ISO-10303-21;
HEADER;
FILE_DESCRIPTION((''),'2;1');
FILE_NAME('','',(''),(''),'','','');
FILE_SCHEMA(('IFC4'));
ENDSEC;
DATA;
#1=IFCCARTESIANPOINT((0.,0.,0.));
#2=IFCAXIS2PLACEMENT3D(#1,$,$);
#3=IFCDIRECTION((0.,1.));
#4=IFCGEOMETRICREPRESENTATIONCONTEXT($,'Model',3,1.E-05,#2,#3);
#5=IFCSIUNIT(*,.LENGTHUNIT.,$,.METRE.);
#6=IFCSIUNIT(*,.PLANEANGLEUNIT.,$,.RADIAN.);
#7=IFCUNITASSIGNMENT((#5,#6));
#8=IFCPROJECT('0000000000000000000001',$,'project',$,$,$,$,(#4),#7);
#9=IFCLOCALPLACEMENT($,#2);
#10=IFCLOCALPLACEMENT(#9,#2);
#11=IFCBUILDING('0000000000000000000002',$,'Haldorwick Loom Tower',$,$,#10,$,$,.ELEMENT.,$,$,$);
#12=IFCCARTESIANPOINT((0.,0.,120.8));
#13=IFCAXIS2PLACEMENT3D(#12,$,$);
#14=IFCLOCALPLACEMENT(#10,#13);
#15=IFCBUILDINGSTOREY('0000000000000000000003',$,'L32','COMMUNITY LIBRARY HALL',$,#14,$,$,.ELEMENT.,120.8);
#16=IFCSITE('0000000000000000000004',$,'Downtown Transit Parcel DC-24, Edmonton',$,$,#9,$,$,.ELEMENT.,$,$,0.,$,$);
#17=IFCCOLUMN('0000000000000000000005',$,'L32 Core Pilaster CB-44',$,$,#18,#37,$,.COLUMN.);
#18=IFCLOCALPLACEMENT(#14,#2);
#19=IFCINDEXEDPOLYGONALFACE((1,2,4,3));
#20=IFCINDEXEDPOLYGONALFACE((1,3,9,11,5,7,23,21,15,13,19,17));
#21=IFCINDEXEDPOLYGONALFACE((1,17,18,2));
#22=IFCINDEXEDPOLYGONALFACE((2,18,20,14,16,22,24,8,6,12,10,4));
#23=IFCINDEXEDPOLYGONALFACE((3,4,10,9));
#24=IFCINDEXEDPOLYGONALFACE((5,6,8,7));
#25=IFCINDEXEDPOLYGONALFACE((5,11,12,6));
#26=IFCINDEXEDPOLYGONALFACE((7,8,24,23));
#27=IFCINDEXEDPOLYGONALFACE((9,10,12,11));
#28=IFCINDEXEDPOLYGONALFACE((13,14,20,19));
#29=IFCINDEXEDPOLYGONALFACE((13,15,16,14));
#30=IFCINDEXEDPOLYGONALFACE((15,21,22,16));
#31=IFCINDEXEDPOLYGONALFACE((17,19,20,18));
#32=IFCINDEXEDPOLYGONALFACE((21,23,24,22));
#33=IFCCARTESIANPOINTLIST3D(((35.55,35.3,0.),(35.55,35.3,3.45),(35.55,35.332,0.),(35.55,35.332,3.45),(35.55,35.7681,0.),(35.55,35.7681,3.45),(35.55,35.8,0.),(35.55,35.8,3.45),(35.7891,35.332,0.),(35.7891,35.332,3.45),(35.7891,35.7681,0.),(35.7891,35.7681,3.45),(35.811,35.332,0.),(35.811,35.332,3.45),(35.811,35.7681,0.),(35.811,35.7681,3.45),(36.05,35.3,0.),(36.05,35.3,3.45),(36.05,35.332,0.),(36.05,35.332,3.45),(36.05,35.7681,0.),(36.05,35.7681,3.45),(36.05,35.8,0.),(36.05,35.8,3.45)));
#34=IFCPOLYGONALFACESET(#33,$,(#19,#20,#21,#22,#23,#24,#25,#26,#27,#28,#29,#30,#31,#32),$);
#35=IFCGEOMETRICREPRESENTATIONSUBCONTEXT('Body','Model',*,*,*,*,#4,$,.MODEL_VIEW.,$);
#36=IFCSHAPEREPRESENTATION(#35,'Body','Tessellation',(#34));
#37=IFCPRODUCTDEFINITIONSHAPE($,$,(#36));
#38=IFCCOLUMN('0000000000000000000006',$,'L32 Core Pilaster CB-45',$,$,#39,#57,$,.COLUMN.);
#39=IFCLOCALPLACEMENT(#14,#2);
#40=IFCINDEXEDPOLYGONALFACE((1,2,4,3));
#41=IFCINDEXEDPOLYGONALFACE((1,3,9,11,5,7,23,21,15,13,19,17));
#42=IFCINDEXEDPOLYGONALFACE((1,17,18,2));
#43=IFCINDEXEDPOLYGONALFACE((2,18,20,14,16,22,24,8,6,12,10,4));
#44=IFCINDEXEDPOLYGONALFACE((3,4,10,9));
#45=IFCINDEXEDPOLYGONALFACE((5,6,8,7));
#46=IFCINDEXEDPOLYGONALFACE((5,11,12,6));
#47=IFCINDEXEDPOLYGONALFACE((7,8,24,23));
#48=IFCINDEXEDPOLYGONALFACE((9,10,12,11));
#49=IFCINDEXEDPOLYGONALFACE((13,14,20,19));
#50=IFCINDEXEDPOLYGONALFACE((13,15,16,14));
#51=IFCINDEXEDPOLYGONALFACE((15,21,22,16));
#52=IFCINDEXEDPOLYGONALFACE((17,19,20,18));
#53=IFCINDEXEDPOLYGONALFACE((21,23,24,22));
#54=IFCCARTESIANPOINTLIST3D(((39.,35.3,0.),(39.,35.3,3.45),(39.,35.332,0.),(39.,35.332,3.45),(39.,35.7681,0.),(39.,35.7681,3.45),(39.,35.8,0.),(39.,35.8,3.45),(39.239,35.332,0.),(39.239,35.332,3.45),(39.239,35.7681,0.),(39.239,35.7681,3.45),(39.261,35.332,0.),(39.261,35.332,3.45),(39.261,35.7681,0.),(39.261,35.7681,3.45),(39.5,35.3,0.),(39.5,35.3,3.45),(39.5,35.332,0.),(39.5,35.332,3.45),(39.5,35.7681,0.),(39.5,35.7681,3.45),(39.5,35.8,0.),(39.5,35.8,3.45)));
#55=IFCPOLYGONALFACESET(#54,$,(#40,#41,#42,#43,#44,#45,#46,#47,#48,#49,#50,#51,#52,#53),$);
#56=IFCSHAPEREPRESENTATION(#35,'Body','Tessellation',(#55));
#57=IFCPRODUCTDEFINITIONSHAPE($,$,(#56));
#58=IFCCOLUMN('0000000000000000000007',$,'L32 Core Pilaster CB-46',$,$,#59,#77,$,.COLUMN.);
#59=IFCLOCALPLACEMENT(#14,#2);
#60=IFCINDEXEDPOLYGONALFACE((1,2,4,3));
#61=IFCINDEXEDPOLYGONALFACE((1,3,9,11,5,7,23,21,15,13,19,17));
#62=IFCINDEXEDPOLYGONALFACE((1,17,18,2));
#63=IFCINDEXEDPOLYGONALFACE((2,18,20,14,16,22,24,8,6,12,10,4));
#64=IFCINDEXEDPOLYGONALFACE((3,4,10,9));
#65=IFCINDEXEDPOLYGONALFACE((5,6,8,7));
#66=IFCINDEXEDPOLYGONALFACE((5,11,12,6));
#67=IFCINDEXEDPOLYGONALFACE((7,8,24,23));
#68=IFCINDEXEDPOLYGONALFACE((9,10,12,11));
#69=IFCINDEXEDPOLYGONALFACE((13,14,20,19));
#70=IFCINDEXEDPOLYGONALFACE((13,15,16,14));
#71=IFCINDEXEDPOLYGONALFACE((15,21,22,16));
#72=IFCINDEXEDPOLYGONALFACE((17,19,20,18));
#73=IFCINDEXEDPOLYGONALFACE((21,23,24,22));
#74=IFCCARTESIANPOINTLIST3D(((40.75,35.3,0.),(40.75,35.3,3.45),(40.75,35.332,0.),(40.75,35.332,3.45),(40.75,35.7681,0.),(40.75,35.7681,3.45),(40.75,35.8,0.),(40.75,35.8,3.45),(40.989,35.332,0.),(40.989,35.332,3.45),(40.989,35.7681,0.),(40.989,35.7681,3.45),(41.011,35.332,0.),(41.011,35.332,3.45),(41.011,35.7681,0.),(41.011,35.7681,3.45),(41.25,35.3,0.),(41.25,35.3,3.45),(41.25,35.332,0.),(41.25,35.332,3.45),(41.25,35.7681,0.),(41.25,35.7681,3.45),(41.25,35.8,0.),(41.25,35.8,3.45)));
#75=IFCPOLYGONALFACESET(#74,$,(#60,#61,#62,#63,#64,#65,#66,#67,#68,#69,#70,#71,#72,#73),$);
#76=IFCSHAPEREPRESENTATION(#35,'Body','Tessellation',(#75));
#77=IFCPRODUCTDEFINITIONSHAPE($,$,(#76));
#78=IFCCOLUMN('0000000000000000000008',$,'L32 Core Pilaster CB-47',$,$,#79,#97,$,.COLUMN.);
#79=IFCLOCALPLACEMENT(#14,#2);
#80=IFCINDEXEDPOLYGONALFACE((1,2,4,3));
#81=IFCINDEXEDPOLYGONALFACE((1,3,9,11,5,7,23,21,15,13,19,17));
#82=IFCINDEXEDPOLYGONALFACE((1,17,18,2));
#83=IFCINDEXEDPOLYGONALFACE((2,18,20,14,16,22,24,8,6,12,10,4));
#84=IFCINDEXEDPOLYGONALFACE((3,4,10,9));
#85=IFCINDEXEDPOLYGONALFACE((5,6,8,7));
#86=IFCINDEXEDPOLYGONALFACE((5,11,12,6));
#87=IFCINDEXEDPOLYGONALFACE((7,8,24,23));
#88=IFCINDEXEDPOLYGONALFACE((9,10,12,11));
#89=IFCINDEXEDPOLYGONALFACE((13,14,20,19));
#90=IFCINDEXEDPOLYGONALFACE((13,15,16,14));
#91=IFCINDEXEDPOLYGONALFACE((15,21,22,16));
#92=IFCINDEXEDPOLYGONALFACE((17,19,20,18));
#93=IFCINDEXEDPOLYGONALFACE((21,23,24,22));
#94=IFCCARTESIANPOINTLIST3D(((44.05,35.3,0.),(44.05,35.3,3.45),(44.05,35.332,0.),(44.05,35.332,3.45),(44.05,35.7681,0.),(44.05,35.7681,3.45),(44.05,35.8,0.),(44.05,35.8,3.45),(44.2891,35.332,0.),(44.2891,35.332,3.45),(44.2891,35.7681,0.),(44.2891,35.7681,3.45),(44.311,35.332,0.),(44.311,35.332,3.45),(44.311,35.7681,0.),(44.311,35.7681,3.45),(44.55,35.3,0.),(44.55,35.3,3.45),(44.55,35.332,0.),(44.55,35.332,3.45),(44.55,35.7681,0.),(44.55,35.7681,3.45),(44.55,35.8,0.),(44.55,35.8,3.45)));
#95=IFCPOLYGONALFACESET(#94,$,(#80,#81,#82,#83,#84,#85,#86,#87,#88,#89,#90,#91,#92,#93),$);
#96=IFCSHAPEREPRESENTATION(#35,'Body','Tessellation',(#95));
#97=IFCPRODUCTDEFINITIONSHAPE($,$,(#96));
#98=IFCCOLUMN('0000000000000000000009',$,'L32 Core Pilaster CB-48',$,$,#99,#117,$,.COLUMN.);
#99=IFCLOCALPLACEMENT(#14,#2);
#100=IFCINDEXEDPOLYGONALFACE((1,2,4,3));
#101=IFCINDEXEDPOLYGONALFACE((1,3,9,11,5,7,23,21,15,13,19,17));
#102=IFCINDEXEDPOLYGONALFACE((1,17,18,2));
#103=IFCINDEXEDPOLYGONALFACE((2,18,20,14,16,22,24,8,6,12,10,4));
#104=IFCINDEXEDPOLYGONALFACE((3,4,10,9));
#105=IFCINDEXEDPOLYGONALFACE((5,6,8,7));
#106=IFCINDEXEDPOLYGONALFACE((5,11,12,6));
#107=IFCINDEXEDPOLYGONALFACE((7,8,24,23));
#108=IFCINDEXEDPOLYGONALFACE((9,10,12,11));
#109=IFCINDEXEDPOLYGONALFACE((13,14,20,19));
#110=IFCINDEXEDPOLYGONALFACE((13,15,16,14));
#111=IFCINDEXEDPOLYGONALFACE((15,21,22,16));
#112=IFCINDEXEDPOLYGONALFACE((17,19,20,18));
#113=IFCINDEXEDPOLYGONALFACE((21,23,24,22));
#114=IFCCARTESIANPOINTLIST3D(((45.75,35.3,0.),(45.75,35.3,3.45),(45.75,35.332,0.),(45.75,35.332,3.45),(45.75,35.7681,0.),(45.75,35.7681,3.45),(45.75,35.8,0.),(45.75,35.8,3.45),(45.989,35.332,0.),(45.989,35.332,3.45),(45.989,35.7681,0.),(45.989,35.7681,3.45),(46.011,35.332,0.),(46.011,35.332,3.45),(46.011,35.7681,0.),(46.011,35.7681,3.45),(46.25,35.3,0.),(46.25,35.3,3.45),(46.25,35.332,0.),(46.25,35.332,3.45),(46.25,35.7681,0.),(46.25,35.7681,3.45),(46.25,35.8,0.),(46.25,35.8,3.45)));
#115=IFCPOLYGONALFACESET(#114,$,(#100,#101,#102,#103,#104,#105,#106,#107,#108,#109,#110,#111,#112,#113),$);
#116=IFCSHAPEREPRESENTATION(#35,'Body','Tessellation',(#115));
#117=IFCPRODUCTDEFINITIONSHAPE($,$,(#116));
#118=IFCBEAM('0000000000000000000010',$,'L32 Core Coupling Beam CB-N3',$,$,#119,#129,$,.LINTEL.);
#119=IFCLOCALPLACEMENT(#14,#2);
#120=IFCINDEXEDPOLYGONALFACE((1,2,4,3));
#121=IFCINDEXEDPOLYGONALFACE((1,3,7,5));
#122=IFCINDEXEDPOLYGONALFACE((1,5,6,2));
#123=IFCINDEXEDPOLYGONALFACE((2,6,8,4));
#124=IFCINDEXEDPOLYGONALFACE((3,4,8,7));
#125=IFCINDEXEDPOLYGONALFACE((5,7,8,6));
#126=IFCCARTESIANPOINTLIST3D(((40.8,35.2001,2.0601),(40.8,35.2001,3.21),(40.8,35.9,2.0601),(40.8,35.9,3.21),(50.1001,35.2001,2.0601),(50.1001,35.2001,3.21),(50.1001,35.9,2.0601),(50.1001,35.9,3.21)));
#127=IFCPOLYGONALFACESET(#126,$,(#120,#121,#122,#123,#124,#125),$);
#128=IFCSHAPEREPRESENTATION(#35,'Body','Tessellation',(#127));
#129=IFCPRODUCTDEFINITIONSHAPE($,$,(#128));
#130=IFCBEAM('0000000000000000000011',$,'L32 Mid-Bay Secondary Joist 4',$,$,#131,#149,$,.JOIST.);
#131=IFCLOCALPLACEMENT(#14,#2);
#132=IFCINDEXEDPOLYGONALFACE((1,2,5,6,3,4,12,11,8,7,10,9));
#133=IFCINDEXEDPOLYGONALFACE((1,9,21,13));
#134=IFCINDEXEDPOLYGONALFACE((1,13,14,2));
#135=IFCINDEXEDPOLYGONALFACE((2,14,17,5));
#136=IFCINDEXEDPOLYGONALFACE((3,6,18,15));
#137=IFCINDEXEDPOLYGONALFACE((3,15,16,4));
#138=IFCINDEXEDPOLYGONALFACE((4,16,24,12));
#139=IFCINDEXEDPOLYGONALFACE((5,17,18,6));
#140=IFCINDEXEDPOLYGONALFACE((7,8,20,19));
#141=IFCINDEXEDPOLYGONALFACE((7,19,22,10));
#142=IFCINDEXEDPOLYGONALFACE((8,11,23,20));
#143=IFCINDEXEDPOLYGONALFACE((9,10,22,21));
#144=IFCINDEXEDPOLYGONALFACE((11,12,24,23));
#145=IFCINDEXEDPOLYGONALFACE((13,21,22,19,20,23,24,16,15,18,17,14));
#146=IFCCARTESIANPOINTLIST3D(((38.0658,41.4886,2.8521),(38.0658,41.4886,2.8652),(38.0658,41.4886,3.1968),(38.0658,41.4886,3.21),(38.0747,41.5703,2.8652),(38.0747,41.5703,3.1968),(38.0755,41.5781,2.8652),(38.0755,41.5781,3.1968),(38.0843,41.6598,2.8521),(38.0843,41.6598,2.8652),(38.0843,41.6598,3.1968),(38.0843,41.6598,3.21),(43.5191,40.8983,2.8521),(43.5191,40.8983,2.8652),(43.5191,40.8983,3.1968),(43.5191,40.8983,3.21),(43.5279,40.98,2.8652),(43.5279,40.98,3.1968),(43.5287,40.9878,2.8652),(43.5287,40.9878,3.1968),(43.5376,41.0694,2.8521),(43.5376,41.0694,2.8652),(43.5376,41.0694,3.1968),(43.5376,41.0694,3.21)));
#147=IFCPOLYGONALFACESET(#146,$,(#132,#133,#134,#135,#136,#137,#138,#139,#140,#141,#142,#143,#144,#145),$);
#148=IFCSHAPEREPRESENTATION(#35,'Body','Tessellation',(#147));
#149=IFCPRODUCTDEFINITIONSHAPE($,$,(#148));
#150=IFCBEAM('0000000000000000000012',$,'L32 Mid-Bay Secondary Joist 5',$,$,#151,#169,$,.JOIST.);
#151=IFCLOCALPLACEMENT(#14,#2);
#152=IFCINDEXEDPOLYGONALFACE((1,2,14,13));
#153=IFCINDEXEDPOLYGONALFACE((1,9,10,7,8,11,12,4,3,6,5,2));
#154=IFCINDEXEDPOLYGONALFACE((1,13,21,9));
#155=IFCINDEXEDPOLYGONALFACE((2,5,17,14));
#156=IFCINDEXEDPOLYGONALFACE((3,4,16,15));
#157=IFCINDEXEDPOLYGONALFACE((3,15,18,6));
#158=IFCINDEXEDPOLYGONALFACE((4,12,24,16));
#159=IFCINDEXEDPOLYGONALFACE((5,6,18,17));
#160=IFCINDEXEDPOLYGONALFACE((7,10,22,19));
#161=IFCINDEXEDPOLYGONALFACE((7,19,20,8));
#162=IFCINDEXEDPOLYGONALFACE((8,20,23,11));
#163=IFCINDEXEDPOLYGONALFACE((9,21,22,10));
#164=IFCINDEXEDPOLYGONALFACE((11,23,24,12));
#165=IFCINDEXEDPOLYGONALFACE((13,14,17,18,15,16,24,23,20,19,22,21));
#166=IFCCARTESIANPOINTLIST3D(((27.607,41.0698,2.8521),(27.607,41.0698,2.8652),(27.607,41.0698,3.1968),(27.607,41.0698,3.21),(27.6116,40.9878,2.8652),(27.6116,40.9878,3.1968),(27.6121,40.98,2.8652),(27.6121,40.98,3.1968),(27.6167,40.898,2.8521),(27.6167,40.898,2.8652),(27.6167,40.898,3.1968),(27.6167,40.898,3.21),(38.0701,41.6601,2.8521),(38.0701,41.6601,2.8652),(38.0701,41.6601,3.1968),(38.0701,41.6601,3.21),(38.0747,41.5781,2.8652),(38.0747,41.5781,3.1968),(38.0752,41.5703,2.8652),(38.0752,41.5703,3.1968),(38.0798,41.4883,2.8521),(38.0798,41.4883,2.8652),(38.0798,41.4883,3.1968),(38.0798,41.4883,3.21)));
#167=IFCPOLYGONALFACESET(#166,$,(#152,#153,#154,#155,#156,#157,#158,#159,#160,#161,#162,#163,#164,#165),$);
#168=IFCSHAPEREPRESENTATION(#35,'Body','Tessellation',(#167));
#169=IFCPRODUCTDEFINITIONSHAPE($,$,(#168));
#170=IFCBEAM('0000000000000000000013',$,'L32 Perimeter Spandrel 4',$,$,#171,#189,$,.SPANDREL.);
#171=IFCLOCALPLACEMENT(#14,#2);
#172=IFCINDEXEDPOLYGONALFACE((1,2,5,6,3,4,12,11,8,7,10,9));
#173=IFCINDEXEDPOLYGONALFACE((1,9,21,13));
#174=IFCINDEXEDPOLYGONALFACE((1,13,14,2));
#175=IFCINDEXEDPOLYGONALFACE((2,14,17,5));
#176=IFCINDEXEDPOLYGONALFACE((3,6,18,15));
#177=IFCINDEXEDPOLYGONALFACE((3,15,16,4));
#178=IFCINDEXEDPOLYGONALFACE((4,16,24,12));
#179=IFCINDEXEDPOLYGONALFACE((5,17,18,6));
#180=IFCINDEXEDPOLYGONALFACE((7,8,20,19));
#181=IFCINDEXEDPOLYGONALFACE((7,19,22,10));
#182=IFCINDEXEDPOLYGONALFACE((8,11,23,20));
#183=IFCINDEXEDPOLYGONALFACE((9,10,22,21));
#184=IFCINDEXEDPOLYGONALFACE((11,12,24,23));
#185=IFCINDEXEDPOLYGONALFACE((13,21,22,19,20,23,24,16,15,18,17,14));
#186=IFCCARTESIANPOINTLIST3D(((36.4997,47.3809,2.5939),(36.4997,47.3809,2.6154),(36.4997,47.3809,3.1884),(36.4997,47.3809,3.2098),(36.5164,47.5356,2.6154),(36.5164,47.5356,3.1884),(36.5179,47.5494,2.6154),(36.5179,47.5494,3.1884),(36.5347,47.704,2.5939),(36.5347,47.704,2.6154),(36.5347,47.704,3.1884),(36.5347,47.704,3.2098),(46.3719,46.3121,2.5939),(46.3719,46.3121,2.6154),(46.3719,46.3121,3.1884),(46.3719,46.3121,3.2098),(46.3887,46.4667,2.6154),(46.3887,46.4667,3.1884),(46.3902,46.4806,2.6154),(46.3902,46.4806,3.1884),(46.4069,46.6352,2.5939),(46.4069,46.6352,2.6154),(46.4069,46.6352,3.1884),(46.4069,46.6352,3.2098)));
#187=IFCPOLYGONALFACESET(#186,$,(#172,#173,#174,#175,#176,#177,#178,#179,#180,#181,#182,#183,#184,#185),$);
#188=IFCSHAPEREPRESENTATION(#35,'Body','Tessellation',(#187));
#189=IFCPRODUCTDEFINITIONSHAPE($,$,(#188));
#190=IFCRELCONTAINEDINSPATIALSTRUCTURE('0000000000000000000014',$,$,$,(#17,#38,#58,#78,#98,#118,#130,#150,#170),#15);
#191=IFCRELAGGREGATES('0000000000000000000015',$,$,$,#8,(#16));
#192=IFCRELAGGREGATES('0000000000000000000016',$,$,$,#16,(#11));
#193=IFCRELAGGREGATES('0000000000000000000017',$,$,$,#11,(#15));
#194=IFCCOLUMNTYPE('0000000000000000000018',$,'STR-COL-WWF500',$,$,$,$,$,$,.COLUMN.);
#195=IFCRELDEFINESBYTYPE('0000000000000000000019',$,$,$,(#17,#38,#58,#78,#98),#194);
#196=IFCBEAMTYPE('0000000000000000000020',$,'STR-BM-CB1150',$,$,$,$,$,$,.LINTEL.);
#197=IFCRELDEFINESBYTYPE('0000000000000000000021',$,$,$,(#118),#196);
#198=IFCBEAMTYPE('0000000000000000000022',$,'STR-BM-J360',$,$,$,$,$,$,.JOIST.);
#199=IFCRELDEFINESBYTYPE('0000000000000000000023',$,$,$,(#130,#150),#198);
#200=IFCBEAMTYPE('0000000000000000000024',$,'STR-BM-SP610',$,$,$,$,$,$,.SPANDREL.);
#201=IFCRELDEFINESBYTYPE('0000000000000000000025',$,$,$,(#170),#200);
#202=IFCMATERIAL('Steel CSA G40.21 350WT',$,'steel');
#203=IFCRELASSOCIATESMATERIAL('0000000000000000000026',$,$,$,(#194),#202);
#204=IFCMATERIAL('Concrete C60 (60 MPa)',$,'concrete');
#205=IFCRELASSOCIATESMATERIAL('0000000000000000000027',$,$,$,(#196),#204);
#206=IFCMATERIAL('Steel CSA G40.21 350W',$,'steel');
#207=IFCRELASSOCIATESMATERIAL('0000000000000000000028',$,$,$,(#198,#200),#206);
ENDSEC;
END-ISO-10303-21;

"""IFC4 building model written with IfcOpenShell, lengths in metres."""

from ifc_helpers import new_model, si_unit, direction, frame, origin, origin_2d, place, context, subcontext, project, spatial, rectangle, i_section, extrude, material, material_profile, profile_set, type_object, element, save


model = new_model("IFC4")

# Units and contexts
model_context = context("Model", 3, precision=1e-05, world=origin(), true_north=direction((0.0, 1.0)))
body_context = subcontext(model_context, "Body", "Model", "MODEL_VIEW")
ifc_project = project(units=[si_unit("LENGTHUNIT", "METRE"), si_unit("PLANEANGLEUNIT", "RADIAN")], contexts=[model_context])

# Site, building, storey
site_placement = place(None, origin())
site = spatial("IfcSite", under=ifc_project, at=site_placement, Name="Downtown Transit Parcel DC-24, Edmonton", CompositionType="ELEMENT", RefElevation=0.0)
building_placement = place(site_placement, origin())
building = spatial("IfcBuilding", under=site, at=building_placement, Name="Haldorwick Loom Tower", CompositionType="ELEMENT")
storey_placement = place(building_placement, frame((0.0, 0.0, 120.8)))
storey = spatial("IfcBuildingStorey", under=building, at=storey_placement, Name="L32", Description="COMMUNITY LIBRARY HALL", CompositionType="ELEMENT", Elevation=120.8)

# Columns
ifc_material_1 = material(Name="Concrete C60 (60 MPa)", Category="concrete")
ifc_material_2 = material(Name="Steel CSA G40.21 350WT", Category="steel")
ifc_material_profile_1 = material_profile(ifc_material_2, i_section(OverallWidth=0.5, OverallDepth=0.5, WebThickness=0.022, FlangeThickness=0.032, at=origin_2d()), Name="WWF500X500", Category="steel")
ifc_profile_set_1 = profile_set([ifc_material_profile_1], Name="Steel CSA G40.21 350WT")
column_type_1 = type_object("IfcColumnType", Name="STR-COL-WWF500", PredefinedType="COLUMN", material=ifc_profile_set_1)
for number, where, z_axis, x_axis, name in (
    (1, (35.8, 35.55, 0.0), (0.0, 0.0, 1.0), (1.0, 0.0, 0.0), "L32 Core Pilaster CB-44"),
    (2, (39.25, 35.55, 0.0), (0.0, 0.0, 1.0), (1.0, 0.0, 0.0), "L32 Core Pilaster CB-45"),
    (3, (41.0, 35.55, 0.0), (0.0, 0.0, 1.0), (1.0, 0.0, 0.0), "L32 Core Pilaster CB-46"),
    (4, (44.3, 35.55, 0.0), (0.0, 0.0, 1.0), (1.0, 0.0, 0.0), "L32 Core Pilaster CB-47"),
    (5, (46.0, 35.55, 0.0), (0.0, 0.0, 1.0), (1.0, 0.0, 0.0), "L32 Core Pilaster CB-48"),
):
    element("IfcColumn", number, at=place(storey_placement, frame(where, z_axis=z_axis, x_axis=x_axis)), inside=storey, type_object=column_type_1, Name=name, PredefinedType="COLUMN", context=body_context, shape_type="SweptSolid", body=[
        extrude(i_section(OverallWidth=0.5, OverallDepth=0.5, WebThickness=0.022, FlangeThickness=0.032, at=origin_2d()), origin(), (0.0, 0.0, 1.0), 3.45),
    ])

# Beams
ifc_material_profile_2 = material_profile(ifc_material_1, rectangle(XDim=0.7, YDim=1.1499, at=origin_2d()), Name="RC700X1150", Category="concrete")
ifc_profile_set_2 = profile_set([ifc_material_profile_2], Name="Concrete C60 (60 MPa)")
beam_type_1 = type_object("IfcBeamType", Name="STR-BM-CB1150", PredefinedType="LINTEL", material=ifc_profile_set_2)
beam_1_placement = place(storey_placement, frame((40.8, 35.55, 2.635), z_axis=(1.0, 0.0, 0.0), x_axis=(0.0, 1.0, 0.0)))
element("IfcBeam", 6, at=beam_1_placement, inside=storey, type_object=beam_type_1, Name="L32 Core Coupling Beam CB-N3", PredefinedType="LINTEL", context=body_context, shape_type="SweptSolid", body=[
    extrude(rectangle(XDim=0.7, YDim=1.1499, at=origin_2d()), origin(), (0.0, 0.0, 1.0), 9.3),
])
ifc_material_3 = material(Name="Steel CSA G40.21 350W", Category="steel")
ifc_material_profile_3 = material_profile(ifc_material_3, i_section(OverallWidth=0.1721, OverallDepth=0.3579, WebThickness=0.0078, FlangeThickness=0.0132, at=origin_2d()), Name="W360X57", Category="steel")
ifc_profile_set_3 = profile_set([ifc_material_profile_3], Name="Steel CSA G40.21 350W")
beam_type_2 = type_object("IfcBeamType", Name="STR-BM-J360", PredefinedType="JOIST", material=ifc_profile_set_3)
beam_2_placement = place(storey_placement, frame((43.5283, 40.9839, 3.031), z_axis=(-0.994192, 0.107622, 0.0), x_axis=(-0.107622, -0.994192, 0.0)))
element("IfcBeam", 7, at=beam_2_placement, inside=storey, type_object=beam_type_2, Name="L32 Mid-Bay Secondary Joist 4", PredefinedType="JOIST", context=body_context, shape_type="SweptSolid", body=[
    extrude(i_section(OverallWidth=0.1721, OverallDepth=0.3579, WebThickness=0.0078, FlangeThickness=0.0132, at=origin_2d()), origin(), (0.0, 0.0, 1.0), 5.4851),
])
beam_3_placement = place(storey_placement, frame((38.075, 41.5742, 3.031), z_axis=(-0.998412, -0.056331, 0.0), x_axis=(0.056331, -0.998412, 0.0)))
element("IfcBeam", 8, at=beam_3_placement, inside=storey, type_object=beam_type_2, Name="L32 Mid-Bay Secondary Joist 5", PredefinedType="JOIST", context=body_context, shape_type="SweptSolid", body=[
    extrude(i_section(OverallWidth=0.1721, OverallDepth=0.3579, WebThickness=0.0078, FlangeThickness=0.0132, at=origin_2d()), origin(), (0.0, 0.0, 1.0), 10.4797),
])
ifc_material_profile_4 = material_profile(ifc_material_3, i_section(OverallWidth=0.325, OverallDepth=0.616, WebThickness=0.0139, FlangeThickness=0.0215, at=origin_2d()), Name="W610X174", Category="steel")
ifc_profile_set_4 = profile_set([ifc_material_profile_4], Name="Steel CSA G40.21 350W")
beam_type_3 = type_object("IfcBeamType", Name="STR-BM-SP610", PredefinedType="SPANDREL", material=ifc_profile_set_4)
for number, where, z_axis, x_axis, name in (
    (9, (46.3894, 46.4736, 2.9019), (-0.99419, 0.107638, 0.0), (-0.107638, -0.99419, 0.0), "L32 Perimeter Spandrel 4"),
):
    element("IfcBeam", number, at=place(storey_placement, frame(where, z_axis=z_axis, x_axis=x_axis)), inside=storey, type_object=beam_type_3, Name=name, PredefinedType="SPANDREL", context=body_context, shape_type="SweptSolid", body=[
        extrude(i_section(OverallWidth=0.325, OverallDepth=0.616, WebThickness=0.0139, FlangeThickness=0.0215, at=origin_2d()), origin(), (0.0, 0.0, 1.0), 9.9299),
    ])

save(model, "model.ifc")
